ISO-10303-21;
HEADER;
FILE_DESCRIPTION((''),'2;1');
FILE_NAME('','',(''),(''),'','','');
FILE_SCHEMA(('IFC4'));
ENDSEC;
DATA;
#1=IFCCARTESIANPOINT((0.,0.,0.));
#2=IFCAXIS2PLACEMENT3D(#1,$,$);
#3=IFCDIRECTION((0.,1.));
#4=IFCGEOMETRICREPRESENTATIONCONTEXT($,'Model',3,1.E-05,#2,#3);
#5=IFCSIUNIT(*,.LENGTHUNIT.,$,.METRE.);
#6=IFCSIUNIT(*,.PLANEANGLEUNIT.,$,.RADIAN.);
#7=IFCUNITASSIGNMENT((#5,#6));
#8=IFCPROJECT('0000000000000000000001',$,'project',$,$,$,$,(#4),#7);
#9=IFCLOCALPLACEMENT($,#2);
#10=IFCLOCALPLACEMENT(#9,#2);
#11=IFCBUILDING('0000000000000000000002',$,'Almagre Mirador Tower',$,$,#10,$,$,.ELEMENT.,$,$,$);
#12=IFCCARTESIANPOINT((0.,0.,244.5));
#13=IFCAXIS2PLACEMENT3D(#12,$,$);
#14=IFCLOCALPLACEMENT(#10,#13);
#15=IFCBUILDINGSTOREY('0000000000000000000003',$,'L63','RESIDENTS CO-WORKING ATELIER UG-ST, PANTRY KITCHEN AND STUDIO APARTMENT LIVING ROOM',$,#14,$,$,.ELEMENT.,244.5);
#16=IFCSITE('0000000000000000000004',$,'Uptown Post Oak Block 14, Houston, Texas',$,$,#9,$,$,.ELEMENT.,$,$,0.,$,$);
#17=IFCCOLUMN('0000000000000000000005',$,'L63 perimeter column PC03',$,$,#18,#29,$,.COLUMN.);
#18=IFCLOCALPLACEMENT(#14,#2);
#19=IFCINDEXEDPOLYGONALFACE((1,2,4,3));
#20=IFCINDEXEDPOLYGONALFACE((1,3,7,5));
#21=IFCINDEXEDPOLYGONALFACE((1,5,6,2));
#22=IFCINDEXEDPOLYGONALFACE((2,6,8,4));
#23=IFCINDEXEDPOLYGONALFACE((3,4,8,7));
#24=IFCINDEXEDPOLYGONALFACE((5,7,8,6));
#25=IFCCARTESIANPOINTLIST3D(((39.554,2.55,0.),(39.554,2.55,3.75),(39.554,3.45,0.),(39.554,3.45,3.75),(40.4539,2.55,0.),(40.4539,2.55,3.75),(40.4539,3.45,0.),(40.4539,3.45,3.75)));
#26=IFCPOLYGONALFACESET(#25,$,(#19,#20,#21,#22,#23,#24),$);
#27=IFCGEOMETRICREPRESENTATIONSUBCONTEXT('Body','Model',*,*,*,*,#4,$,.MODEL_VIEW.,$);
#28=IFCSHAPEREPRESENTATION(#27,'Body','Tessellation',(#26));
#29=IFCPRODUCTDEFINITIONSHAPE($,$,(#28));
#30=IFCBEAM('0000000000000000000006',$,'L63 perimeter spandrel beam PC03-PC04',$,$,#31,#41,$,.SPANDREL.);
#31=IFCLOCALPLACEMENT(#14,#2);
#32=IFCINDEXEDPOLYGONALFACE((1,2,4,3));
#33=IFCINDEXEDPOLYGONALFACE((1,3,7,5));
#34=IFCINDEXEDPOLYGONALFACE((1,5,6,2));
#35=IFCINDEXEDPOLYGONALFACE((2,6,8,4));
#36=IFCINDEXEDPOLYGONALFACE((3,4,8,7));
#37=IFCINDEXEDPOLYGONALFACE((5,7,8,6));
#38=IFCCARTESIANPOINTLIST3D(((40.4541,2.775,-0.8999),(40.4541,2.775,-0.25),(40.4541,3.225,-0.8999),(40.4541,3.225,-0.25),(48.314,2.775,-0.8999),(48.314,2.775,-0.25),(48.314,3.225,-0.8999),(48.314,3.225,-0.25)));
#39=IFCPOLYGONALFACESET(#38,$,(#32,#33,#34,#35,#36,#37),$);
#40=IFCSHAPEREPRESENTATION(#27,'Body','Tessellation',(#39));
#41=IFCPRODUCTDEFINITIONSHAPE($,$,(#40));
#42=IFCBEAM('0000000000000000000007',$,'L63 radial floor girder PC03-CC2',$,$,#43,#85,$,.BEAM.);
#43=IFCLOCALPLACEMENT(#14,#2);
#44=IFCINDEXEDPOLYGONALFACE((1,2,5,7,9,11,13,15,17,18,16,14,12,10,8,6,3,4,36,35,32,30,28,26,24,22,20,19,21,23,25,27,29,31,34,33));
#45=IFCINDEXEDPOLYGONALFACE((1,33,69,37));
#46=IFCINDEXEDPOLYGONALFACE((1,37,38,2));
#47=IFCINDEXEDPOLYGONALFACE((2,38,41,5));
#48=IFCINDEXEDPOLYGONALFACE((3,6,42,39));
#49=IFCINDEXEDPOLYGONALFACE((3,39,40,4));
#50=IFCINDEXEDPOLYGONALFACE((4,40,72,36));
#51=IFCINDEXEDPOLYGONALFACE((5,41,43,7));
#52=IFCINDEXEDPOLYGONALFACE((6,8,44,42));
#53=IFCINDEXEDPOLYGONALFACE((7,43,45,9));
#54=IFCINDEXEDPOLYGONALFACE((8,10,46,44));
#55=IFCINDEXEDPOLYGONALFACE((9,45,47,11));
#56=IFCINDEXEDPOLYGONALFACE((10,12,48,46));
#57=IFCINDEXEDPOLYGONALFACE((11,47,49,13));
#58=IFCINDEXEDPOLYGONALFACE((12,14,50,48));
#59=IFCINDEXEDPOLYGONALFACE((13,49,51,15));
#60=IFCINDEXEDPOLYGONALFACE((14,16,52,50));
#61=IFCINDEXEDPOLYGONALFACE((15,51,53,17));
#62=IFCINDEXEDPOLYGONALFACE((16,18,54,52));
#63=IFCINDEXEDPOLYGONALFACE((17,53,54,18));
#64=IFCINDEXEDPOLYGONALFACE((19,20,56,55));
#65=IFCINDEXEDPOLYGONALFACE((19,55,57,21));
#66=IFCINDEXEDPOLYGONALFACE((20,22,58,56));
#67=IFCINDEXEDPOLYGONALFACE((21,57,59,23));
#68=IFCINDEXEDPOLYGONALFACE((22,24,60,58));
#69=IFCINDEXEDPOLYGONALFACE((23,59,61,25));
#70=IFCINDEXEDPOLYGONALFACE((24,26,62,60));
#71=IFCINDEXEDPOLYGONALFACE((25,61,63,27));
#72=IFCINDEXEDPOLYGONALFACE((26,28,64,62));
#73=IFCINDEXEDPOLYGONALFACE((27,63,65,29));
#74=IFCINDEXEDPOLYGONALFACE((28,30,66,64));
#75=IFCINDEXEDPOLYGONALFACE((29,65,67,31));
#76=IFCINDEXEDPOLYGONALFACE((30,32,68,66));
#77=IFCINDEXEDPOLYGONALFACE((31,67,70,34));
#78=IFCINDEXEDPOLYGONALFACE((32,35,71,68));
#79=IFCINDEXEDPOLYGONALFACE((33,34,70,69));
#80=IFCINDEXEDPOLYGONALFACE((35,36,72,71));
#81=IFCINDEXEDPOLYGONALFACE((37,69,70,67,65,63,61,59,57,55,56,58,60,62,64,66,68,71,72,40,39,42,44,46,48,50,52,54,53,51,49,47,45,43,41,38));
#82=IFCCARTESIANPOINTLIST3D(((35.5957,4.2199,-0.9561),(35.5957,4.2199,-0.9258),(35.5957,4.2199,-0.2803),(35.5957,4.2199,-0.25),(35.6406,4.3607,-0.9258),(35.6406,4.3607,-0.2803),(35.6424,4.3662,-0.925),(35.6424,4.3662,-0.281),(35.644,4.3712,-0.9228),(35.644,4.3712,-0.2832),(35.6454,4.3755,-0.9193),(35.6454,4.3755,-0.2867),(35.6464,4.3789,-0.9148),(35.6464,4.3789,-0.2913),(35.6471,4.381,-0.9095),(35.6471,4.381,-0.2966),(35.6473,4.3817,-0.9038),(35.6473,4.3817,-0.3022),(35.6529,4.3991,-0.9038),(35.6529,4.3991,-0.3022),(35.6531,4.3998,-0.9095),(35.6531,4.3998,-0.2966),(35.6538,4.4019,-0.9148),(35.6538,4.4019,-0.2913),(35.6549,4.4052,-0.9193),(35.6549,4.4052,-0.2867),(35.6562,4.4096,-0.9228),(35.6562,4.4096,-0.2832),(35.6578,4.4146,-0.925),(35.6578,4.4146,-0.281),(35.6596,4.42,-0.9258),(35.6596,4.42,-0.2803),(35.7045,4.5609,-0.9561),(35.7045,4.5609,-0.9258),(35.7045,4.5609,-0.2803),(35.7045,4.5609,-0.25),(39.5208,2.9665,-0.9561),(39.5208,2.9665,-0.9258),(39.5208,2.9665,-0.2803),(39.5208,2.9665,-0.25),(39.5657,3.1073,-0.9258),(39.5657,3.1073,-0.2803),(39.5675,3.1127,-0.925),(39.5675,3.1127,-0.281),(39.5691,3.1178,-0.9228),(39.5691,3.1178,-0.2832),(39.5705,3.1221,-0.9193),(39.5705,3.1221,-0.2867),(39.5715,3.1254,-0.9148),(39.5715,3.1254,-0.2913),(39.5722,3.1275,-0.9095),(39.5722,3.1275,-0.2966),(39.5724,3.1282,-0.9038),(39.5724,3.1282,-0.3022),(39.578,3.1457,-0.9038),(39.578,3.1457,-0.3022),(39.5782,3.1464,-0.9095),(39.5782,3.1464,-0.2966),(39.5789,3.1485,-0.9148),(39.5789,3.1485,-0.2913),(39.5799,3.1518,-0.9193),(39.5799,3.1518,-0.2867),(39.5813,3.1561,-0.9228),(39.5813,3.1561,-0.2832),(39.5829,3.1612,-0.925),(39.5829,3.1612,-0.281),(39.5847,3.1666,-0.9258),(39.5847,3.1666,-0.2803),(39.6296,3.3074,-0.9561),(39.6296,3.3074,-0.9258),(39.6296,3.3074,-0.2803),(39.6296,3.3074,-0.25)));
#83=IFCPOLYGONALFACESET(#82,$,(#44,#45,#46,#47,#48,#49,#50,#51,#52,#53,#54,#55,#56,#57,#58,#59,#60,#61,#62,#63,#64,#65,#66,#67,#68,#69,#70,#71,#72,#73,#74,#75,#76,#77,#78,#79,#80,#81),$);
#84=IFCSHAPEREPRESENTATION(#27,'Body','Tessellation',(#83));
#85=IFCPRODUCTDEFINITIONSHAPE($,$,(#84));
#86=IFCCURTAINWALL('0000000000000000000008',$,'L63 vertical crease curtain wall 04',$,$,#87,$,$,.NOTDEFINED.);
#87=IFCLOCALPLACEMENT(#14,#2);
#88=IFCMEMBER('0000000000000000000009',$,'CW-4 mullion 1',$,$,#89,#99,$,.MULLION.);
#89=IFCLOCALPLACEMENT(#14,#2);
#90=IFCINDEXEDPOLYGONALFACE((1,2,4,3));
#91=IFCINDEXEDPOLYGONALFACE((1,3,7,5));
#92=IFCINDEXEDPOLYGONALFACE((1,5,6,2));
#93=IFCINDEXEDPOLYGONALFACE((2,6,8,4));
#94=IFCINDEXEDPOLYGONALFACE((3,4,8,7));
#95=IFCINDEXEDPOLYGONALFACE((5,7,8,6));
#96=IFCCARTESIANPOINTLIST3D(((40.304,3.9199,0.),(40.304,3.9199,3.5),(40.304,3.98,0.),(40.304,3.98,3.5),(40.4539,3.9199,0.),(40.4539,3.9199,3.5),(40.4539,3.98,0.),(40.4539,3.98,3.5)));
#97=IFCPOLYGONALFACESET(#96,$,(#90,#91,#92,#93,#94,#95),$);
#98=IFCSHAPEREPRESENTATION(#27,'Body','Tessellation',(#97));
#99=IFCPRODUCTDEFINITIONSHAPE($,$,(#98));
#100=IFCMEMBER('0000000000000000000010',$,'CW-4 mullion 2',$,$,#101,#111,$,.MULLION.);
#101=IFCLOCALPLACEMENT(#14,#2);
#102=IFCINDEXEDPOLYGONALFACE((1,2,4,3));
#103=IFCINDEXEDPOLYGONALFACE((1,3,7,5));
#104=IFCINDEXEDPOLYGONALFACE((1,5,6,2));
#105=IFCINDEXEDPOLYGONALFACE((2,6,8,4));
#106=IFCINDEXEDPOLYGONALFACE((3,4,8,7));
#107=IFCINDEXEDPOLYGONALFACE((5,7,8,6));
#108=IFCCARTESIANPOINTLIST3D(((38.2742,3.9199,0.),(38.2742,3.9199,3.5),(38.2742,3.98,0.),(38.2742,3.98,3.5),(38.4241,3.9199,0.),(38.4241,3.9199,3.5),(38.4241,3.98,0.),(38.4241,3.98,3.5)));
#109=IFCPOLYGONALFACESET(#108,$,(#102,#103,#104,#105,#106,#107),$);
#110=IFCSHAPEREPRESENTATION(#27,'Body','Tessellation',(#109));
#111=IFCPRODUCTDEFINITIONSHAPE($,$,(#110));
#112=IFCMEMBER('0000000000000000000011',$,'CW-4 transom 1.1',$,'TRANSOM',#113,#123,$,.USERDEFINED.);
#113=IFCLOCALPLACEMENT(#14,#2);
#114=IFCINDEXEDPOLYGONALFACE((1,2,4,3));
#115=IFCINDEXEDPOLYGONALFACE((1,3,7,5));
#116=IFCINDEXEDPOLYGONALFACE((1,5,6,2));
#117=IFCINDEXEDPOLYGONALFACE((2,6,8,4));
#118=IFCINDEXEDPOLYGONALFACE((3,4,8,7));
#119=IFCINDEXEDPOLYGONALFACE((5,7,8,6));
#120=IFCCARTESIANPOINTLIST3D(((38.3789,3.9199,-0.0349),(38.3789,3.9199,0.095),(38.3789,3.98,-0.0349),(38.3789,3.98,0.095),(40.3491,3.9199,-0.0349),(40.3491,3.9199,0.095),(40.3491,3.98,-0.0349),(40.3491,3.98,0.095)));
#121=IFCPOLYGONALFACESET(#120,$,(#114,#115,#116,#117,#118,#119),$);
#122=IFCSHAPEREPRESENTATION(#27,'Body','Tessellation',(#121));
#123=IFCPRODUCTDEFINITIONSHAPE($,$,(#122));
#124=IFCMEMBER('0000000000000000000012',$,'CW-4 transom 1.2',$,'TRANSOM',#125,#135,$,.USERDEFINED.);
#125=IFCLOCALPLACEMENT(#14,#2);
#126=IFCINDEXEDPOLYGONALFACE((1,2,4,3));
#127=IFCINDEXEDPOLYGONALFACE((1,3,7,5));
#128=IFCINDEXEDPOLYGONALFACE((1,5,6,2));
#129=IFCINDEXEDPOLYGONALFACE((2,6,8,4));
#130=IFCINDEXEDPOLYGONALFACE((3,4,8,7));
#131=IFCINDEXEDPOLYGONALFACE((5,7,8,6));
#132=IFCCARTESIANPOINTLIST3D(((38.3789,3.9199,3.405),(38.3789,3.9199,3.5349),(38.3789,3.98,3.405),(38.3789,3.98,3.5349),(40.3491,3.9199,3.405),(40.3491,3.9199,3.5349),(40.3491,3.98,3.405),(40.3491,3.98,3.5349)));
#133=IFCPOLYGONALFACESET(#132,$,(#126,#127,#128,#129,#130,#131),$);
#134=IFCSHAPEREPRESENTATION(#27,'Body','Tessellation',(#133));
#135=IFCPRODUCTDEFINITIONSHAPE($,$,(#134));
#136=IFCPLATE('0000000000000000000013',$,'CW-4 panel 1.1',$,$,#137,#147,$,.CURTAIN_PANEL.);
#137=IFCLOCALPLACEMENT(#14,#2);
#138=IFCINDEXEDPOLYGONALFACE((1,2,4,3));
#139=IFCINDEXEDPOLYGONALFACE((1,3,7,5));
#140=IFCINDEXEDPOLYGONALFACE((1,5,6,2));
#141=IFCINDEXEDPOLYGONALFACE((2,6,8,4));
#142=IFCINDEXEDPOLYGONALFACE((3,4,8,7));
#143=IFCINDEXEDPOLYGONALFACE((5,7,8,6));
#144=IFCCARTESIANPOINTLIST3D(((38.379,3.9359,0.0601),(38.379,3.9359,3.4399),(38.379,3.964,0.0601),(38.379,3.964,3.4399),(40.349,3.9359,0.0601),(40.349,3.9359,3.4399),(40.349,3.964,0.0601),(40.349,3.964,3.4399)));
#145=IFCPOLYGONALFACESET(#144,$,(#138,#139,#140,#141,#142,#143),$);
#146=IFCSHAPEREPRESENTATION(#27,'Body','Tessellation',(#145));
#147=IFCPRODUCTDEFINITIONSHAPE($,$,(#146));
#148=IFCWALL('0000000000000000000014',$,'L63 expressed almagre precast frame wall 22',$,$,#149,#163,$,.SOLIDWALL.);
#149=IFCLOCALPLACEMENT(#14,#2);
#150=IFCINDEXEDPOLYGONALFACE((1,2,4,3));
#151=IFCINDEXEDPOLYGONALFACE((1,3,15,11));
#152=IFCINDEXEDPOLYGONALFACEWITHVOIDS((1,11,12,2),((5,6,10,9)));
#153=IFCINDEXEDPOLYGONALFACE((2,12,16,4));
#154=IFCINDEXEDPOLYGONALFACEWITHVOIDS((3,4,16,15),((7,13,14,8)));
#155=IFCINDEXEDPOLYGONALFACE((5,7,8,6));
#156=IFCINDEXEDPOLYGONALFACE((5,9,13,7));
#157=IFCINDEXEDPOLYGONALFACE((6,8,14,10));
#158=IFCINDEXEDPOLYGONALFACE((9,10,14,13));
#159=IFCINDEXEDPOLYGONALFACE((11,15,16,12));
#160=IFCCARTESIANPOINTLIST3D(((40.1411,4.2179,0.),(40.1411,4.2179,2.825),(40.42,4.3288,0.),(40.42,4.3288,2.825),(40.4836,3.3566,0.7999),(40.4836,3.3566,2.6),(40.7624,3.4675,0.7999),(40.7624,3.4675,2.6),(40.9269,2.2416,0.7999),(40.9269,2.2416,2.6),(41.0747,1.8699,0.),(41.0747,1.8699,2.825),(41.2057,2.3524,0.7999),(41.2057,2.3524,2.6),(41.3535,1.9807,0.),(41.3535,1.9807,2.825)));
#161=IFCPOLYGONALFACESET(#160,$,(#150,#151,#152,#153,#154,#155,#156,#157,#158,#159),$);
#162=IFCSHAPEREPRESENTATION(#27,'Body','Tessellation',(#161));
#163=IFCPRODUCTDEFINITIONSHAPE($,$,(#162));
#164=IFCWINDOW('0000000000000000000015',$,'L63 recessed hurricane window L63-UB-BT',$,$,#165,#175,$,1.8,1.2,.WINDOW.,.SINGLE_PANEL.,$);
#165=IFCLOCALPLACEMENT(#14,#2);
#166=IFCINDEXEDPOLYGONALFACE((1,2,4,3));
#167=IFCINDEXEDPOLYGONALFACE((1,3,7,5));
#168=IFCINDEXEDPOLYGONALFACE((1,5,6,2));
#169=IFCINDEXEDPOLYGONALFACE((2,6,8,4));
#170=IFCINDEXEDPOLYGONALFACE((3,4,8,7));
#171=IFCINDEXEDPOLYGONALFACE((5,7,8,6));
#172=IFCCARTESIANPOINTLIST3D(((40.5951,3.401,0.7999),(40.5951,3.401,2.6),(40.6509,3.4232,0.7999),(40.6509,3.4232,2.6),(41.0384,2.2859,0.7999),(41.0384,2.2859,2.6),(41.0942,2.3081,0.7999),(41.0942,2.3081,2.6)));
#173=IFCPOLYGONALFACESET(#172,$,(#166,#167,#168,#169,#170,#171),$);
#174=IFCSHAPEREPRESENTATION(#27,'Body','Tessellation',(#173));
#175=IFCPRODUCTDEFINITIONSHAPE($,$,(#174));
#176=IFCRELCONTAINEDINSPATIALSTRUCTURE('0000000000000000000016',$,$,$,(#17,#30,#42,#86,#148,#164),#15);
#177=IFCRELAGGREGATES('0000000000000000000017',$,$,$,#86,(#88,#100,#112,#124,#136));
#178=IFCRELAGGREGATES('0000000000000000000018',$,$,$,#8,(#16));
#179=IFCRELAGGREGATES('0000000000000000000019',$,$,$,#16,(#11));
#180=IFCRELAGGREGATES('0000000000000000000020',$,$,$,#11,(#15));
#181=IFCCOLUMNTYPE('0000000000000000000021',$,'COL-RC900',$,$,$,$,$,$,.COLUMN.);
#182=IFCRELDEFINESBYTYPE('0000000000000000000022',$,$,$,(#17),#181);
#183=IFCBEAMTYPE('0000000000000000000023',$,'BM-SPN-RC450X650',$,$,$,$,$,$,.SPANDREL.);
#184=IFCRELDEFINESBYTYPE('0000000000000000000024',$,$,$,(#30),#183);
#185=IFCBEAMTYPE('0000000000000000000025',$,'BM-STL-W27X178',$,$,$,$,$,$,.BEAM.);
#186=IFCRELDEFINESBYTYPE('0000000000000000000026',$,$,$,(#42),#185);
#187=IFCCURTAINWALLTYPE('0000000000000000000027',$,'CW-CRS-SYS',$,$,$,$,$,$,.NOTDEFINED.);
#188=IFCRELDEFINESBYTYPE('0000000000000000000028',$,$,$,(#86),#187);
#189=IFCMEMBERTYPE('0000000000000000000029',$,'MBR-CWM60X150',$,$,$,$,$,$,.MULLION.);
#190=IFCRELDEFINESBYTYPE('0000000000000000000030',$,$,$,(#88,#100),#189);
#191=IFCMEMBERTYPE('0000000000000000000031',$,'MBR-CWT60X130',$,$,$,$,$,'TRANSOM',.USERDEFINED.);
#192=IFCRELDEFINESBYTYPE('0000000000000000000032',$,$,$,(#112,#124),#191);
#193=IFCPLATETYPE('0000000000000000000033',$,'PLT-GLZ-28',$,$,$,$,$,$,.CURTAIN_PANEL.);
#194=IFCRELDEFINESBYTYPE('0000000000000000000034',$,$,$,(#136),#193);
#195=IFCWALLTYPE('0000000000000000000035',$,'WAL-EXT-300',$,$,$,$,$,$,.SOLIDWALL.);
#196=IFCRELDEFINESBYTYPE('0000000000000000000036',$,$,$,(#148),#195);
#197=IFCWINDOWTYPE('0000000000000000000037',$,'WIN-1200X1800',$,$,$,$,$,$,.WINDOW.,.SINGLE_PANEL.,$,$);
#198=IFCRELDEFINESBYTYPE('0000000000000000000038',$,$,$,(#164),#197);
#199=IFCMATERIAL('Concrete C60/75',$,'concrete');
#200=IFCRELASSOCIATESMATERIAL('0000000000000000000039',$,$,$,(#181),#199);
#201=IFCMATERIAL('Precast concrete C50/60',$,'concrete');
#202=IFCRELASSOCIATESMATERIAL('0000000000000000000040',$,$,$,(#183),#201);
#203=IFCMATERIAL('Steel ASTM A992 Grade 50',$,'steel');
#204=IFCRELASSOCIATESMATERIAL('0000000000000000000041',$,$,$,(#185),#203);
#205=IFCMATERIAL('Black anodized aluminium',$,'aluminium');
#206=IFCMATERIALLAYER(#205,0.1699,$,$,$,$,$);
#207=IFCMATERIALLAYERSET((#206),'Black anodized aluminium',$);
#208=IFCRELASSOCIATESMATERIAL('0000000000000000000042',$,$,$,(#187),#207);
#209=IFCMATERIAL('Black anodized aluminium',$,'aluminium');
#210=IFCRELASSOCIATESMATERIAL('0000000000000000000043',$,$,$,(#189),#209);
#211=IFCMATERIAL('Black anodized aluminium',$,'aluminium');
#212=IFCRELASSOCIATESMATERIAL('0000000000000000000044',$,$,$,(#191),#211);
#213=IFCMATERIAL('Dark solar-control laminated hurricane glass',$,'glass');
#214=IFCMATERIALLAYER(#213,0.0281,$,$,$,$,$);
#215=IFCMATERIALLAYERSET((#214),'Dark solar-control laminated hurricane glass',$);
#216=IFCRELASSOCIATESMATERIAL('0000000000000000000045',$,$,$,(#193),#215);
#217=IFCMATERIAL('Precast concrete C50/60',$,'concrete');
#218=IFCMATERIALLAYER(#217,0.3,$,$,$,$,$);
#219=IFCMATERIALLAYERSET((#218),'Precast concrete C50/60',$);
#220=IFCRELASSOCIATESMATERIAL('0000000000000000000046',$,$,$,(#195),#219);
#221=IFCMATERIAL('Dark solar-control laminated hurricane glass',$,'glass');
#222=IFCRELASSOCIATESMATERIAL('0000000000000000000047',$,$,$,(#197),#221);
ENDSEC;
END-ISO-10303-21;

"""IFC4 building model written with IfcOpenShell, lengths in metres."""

from ifc_helpers import new_model, si_unit, direction, frame, frame_2d, origin, origin_2d, place, context, subcontext, project, spatial, rectangle, i_section, extrude, material, layer, layer_set, material_profile, profile_set, type_object, element, fill, aggregate, save


model = new_model("IFC4")

# Units and contexts
model_context = context("Model", 3, precision=1e-05, world=origin(), true_north=direction((0.0, 1.0)))
body_context = subcontext(model_context, "Body", "Model", "MODEL_VIEW")
ifc_project = project(units=[si_unit("LENGTHUNIT", "METRE"), si_unit("PLANEANGLEUNIT", "RADIAN")], contexts=[model_context])

# Site, building, storey
site_placement = place(None, origin())
site = spatial("IfcSite", under=ifc_project, at=site_placement, Name="Uptown Post Oak Block 14, Houston, Texas", CompositionType="ELEMENT", RefElevation=0.0)
building_placement = place(site_placement, origin())
building = spatial("IfcBuilding", under=site, at=building_placement, Name="Almagre Mirador Tower", CompositionType="ELEMENT")
storey_placement = place(building_placement, frame((0.0, 0.0, 244.5)))
storey = spatial("IfcBuildingStorey", under=building, at=storey_placement, Name="L63", Description="RESIDENTS CO-WORKING ATELIER UG-ST, PANTRY KITCHEN AND STUDIO APARTMENT LIVING ROOM", CompositionType="ELEMENT", Elevation=244.5)

# Column
ifc_material_1 = material(Name="Concrete C60/75", Category="concrete")
ifc_material_profile_1 = material_profile(ifc_material_1, rectangle(XDim=0.8999, YDim=0.8999, at=origin_2d()), Name="RC900X900")
ifc_profile_set_1 = profile_set([ifc_material_profile_1], Name="Concrete C60/75")
column_type = type_object("IfcColumnType", Name="COL-RC900", PredefinedType="COLUMN", material=ifc_profile_set_1)
column_placement = place(storey_placement, frame((40.0039, 3.0, 0.0), z_axis=(0.0, 0.0, 1.0), x_axis=(1.0, 0.0, 0.0)))
element("IfcColumn", 1, at=column_placement, inside=storey, type_object=column_type, Name="L63 perimeter column PC03", PredefinedType="COLUMN", context=body_context, shape_type="SweptSolid", body=[
    extrude(rectangle(XDim=0.8999, YDim=0.8999, at=origin_2d()), origin(), (0.0, 0.0, 1.0), 3.75),
])

# Beams
ifc_material_2 = material(Name="Precast concrete C50/60", Category="concrete")
ifc_material_profile_2 = material_profile(ifc_material_2, rectangle(XDim=0.45, YDim=0.6499, at=origin_2d()), Name="RC450X650")
ifc_profile_set_2 = profile_set([ifc_material_profile_2], Name="Precast concrete C50/60")
beam_type_1 = type_object("IfcBeamType", Name="BM-SPN-RC450X650", PredefinedType="SPANDREL", material=ifc_profile_set_2)
beam_1_placement = place(storey_placement, frame((40.4541, 3.0, -0.575), z_axis=(1.0, 0.0, 0.0), x_axis=(0.0, 1.0, 0.0)))
element("IfcBeam", 2, at=beam_1_placement, inside=storey, type_object=beam_type_1, Name="L63 perimeter spandrel beam PC03-PC04", PredefinedType="SPANDREL", context=body_context, shape_type="SweptSolid", body=[
    extrude(rectangle(XDim=0.45, YDim=0.6499, at=origin_2d()), origin(), (0.0, 0.0, 1.0), 7.8599),
])
ifc_material_3 = material(Name="Steel ASTM A992 Grade 50", Category="steel")
ifc_material_profile_3 = material_profile(ifc_material_3, i_section(OverallWidth=0.3579, OverallDepth=0.7061, WebThickness=0.0183, FlangeThickness=0.0303, FilletRadius=0.022, at=origin_2d()), Name="W27X178")
ifc_profile_set_3 = profile_set([ifc_material_profile_3], Name="Steel ASTM A992 Grade 50")
beam_type_2 = type_object("IfcBeamType", Name="BM-STL-W27X178", PredefinedType="BEAM", material=ifc_profile_set_3)
beam_2_placement = place(storey_placement, frame((39.5752, 3.137, -0.603), z_axis=(-0.952607, 0.304204, 0.0), x_axis=(-0.304204, -0.952607, 0.0)))
element("IfcBeam", 3, at=beam_2_placement, inside=storey, type_object=beam_type_2, Name="L63 radial floor girder PC03-CC2", PredefinedType="BEAM", context=body_context, shape_type="SweptSolid", body=[
    extrude(i_section(OverallWidth=0.3579, OverallDepth=0.7061, WebThickness=0.0183, FlangeThickness=0.0303, FilletRadius=0.022, at=origin_2d()), origin(), (0.0, 0.0, 1.0), 4.1204),
])

# Curtain wall, members, plate
ifc_material_4 = material(Name="Black anodized aluminium", Category="aluminium")
ifc_layer_1 = layer(ifc_material_4, 0.1699)
ifc_layer_set_1 = layer_set([ifc_layer_1], Name="Black anodized aluminium")
curtain_wall_type = type_object("IfcCurtainWallType", Name="CW-CRS-SYS", PredefinedType="NOTDEFINED", material=ifc_layer_set_1)
curtain_wall_placement = place(storey_placement, origin())
curtain_wall = element("IfcCurtainWall", 4, at=curtain_wall_placement, inside=storey, type_object=curtain_wall_type, Name="L63 vertical crease curtain wall 04", PredefinedType="NOTDEFINED")
ifc_material_5 = material(Name="Black anodized aluminium", Category="aluminium")
ifc_material_profile_4 = material_profile(ifc_material_5, rectangle(XDim=0.0601, YDim=0.1499, at=origin_2d()), Name="CWM60X150")
ifc_profile_set_4 = profile_set([ifc_material_profile_4], Name="Black anodized aluminium")
member_type_1 = type_object("IfcMemberType", Name="MBR-CWM60X150", PredefinedType="MULLION", material=ifc_profile_set_4)
member_1_placement = place(storey_placement, frame((40.3789, 3.95, 0.0), z_axis=(0.0, 0.0, 1.0), x_axis=(0.0, -1.0, 0.0)))
member_1 = element("IfcMember", 5, at=member_1_placement, type_object=member_type_1, Name="CW-4 mullion 1", PredefinedType="MULLION", context=body_context, shape_type="SweptSolid", body=[
    extrude(rectangle(XDim=0.0601, YDim=0.1499, at=origin_2d()), origin(), (0.0, 0.0, 1.0), 3.5),
])
member_2_placement = place(storey_placement, frame((38.3491, 3.95, 0.0), z_axis=(0.0, 0.0, 1.0), x_axis=(0.0, -1.0, 0.0)))
member_2 = element("IfcMember", 6, at=member_2_placement, type_object=member_type_1, Name="CW-4 mullion 2", PredefinedType="MULLION", context=body_context, shape_type="SweptSolid", body=[
    extrude(rectangle(XDim=0.0601, YDim=0.1499, at=origin_2d()), origin(), (0.0, 0.0, 1.0), 3.5),
])
ifc_material_6 = material(Name="Black anodized aluminium", Category="aluminium")
ifc_material_profile_5 = material_profile(ifc_material_6, rectangle(XDim=0.0601, YDim=0.1299, at=origin_2d()), Name="CWT60X130")
ifc_profile_set_5 = profile_set([ifc_material_profile_5], Name="Black anodized aluminium")
member_type_2 = type_object("IfcMemberType", Name="MBR-CWT60X130", ElementType="TRANSOM", PredefinedType="USERDEFINED", material=ifc_profile_set_5)
member_3_placement = place(storey_placement, frame((40.3491, 3.95, 0.03), z_axis=(-1.0, 0.0, 0.0), x_axis=(0.0, -1.0, 0.0)))
member_3 = element("IfcMember", 7, at=member_3_placement, type_object=member_type_2, Name="CW-4 transom 1.1", ObjectType="TRANSOM", PredefinedType="USERDEFINED", context=body_context, shape_type="SweptSolid", body=[
    extrude(rectangle(XDim=0.0601, YDim=0.1299, at=origin_2d()), origin(), (0.0, 0.0, 1.0), 1.9702),
])
member_4_placement = place(storey_placement, frame((40.3491, 3.95, 3.47), z_axis=(-1.0, 0.0, 0.0), x_axis=(0.0, -1.0, 0.0)))
member_4 = element("IfcMember", 8, at=member_4_placement, type_object=member_type_2, Name="CW-4 transom 1.2", ObjectType="TRANSOM", PredefinedType="USERDEFINED", context=body_context, shape_type="SweptSolid", body=[
    extrude(rectangle(XDim=0.0601, YDim=0.1299, at=origin_2d()), origin(), (0.0, 0.0, 1.0), 1.9702),
])
ifc_material_7 = material(Name="Dark solar-control laminated hurricane glass", Category="glass")
ifc_layer_2 = layer(ifc_material_7, 0.0281)
ifc_layer_set_2 = layer_set([ifc_layer_2], Name="Dark solar-control laminated hurricane glass")
plate_type = type_object("IfcPlateType", Name="PLT-GLZ-28", PredefinedType="CURTAIN_PANEL", material=ifc_layer_set_2)
plate_placement = place(storey_placement, frame((39.364, 3.95, 0.0601), z_axis=(0.0, 0.0, 1.0), x_axis=(-1.0, 0.0, 0.0)))
plate = element("IfcPlate", 9, at=plate_placement, type_object=plate_type, Name="CW-4 panel 1.1", PredefinedType="CURTAIN_PANEL", context=body_context, shape_type="SweptSolid", body=[
    extrude(rectangle(XDim=1.97, YDim=0.0281, at=origin_2d()), origin(), (0.0, 0.0, 1.0), 3.3799),
])
aggregate(curtain_wall, [member_1, member_2, member_3, member_4, plate])

# Wall, opening, window
ifc_material_8 = material(Name="Precast concrete C50/60", Category="concrete")
ifc_layer_3 = layer(ifc_material_8, 0.3)
ifc_layer_set_3 = layer_set([ifc_layer_3], Name="Precast concrete C50/60")
wall_type_1 = type_object("IfcWallType", Name="WAL-EXT-300", PredefinedType="SOLIDWALL", material=ifc_layer_set_3)
wall_1_placement = place(storey_placement, frame((41.2141, 1.9253, 0.0), z_axis=(0.0, 0.0, 1.0), x_axis=(-0.369458, 0.929248, 0.0)))
wall_1 = element("IfcWall", 10, at=wall_1_placement, inside=storey, type_object=wall_type_1, Name="L63 expressed almagre precast frame wall 22", PredefinedType="SOLIDWALL", context=body_context, shape_type="SweptSolid", body=[
    extrude(rectangle(XDim=2.5269, YDim=0.3, at=frame_2d((1.2634, 0.0))), origin(), (0.0, 0.0, 1.0), 2.825),
])
opening_1_placement = place(wall_1_placement, frame((0.3999, 0.0, 0.8)))
opening_1 = element("IfcOpeningElement", 11, at=opening_1_placement, cuts=wall_1, PredefinedType="OPENING", context=body_context, shape_type="SweptSolid", body=[
    extrude(rectangle(XDim=1.2, YDim=1.8, at=frame_2d((0.6001, 0.8999))), frame((0.0, 0.1599, 0.0), z_axis=(0.0, -1.0, 0.0), x_axis=(1.0, 0.0, 0.0)), (0.0, 0.0, 1.0), 0.32),
])
ifc_material_9 = material(Name="Dark solar-control laminated hurricane glass", Category="glass")
window_type_1 = type_object("IfcWindowType", Name="WIN-1200X1800", PartitioningType="SINGLE_PANEL", PredefinedType="WINDOW", material=ifc_material_9)
window_1_placement = place(opening_1_placement, origin())
window_1 = element("IfcWindow", 12, at=window_1_placement, inside=storey, type_object=window_type_1, Name="L63 recessed hurricane window L63-UB-BT", OverallHeight=1.8, OverallWidth=1.2, PartitioningType="SINGLE_PANEL", PredefinedType="WINDOW", context=body_context, shape_type="SweptSolid", body=[
    extrude(rectangle(XDim=1.2, YDim=1.8, at=frame_2d((0.6001, 0.8999))), frame((0.0, 0.03, 0.0), z_axis=(0.0, -1.0, 0.0), x_axis=(1.0, 0.0, 0.0)), (0.0, 0.0, 1.0), 0.0601),
])
fill(opening_1, window_1)

save(model, "model.ifc")
